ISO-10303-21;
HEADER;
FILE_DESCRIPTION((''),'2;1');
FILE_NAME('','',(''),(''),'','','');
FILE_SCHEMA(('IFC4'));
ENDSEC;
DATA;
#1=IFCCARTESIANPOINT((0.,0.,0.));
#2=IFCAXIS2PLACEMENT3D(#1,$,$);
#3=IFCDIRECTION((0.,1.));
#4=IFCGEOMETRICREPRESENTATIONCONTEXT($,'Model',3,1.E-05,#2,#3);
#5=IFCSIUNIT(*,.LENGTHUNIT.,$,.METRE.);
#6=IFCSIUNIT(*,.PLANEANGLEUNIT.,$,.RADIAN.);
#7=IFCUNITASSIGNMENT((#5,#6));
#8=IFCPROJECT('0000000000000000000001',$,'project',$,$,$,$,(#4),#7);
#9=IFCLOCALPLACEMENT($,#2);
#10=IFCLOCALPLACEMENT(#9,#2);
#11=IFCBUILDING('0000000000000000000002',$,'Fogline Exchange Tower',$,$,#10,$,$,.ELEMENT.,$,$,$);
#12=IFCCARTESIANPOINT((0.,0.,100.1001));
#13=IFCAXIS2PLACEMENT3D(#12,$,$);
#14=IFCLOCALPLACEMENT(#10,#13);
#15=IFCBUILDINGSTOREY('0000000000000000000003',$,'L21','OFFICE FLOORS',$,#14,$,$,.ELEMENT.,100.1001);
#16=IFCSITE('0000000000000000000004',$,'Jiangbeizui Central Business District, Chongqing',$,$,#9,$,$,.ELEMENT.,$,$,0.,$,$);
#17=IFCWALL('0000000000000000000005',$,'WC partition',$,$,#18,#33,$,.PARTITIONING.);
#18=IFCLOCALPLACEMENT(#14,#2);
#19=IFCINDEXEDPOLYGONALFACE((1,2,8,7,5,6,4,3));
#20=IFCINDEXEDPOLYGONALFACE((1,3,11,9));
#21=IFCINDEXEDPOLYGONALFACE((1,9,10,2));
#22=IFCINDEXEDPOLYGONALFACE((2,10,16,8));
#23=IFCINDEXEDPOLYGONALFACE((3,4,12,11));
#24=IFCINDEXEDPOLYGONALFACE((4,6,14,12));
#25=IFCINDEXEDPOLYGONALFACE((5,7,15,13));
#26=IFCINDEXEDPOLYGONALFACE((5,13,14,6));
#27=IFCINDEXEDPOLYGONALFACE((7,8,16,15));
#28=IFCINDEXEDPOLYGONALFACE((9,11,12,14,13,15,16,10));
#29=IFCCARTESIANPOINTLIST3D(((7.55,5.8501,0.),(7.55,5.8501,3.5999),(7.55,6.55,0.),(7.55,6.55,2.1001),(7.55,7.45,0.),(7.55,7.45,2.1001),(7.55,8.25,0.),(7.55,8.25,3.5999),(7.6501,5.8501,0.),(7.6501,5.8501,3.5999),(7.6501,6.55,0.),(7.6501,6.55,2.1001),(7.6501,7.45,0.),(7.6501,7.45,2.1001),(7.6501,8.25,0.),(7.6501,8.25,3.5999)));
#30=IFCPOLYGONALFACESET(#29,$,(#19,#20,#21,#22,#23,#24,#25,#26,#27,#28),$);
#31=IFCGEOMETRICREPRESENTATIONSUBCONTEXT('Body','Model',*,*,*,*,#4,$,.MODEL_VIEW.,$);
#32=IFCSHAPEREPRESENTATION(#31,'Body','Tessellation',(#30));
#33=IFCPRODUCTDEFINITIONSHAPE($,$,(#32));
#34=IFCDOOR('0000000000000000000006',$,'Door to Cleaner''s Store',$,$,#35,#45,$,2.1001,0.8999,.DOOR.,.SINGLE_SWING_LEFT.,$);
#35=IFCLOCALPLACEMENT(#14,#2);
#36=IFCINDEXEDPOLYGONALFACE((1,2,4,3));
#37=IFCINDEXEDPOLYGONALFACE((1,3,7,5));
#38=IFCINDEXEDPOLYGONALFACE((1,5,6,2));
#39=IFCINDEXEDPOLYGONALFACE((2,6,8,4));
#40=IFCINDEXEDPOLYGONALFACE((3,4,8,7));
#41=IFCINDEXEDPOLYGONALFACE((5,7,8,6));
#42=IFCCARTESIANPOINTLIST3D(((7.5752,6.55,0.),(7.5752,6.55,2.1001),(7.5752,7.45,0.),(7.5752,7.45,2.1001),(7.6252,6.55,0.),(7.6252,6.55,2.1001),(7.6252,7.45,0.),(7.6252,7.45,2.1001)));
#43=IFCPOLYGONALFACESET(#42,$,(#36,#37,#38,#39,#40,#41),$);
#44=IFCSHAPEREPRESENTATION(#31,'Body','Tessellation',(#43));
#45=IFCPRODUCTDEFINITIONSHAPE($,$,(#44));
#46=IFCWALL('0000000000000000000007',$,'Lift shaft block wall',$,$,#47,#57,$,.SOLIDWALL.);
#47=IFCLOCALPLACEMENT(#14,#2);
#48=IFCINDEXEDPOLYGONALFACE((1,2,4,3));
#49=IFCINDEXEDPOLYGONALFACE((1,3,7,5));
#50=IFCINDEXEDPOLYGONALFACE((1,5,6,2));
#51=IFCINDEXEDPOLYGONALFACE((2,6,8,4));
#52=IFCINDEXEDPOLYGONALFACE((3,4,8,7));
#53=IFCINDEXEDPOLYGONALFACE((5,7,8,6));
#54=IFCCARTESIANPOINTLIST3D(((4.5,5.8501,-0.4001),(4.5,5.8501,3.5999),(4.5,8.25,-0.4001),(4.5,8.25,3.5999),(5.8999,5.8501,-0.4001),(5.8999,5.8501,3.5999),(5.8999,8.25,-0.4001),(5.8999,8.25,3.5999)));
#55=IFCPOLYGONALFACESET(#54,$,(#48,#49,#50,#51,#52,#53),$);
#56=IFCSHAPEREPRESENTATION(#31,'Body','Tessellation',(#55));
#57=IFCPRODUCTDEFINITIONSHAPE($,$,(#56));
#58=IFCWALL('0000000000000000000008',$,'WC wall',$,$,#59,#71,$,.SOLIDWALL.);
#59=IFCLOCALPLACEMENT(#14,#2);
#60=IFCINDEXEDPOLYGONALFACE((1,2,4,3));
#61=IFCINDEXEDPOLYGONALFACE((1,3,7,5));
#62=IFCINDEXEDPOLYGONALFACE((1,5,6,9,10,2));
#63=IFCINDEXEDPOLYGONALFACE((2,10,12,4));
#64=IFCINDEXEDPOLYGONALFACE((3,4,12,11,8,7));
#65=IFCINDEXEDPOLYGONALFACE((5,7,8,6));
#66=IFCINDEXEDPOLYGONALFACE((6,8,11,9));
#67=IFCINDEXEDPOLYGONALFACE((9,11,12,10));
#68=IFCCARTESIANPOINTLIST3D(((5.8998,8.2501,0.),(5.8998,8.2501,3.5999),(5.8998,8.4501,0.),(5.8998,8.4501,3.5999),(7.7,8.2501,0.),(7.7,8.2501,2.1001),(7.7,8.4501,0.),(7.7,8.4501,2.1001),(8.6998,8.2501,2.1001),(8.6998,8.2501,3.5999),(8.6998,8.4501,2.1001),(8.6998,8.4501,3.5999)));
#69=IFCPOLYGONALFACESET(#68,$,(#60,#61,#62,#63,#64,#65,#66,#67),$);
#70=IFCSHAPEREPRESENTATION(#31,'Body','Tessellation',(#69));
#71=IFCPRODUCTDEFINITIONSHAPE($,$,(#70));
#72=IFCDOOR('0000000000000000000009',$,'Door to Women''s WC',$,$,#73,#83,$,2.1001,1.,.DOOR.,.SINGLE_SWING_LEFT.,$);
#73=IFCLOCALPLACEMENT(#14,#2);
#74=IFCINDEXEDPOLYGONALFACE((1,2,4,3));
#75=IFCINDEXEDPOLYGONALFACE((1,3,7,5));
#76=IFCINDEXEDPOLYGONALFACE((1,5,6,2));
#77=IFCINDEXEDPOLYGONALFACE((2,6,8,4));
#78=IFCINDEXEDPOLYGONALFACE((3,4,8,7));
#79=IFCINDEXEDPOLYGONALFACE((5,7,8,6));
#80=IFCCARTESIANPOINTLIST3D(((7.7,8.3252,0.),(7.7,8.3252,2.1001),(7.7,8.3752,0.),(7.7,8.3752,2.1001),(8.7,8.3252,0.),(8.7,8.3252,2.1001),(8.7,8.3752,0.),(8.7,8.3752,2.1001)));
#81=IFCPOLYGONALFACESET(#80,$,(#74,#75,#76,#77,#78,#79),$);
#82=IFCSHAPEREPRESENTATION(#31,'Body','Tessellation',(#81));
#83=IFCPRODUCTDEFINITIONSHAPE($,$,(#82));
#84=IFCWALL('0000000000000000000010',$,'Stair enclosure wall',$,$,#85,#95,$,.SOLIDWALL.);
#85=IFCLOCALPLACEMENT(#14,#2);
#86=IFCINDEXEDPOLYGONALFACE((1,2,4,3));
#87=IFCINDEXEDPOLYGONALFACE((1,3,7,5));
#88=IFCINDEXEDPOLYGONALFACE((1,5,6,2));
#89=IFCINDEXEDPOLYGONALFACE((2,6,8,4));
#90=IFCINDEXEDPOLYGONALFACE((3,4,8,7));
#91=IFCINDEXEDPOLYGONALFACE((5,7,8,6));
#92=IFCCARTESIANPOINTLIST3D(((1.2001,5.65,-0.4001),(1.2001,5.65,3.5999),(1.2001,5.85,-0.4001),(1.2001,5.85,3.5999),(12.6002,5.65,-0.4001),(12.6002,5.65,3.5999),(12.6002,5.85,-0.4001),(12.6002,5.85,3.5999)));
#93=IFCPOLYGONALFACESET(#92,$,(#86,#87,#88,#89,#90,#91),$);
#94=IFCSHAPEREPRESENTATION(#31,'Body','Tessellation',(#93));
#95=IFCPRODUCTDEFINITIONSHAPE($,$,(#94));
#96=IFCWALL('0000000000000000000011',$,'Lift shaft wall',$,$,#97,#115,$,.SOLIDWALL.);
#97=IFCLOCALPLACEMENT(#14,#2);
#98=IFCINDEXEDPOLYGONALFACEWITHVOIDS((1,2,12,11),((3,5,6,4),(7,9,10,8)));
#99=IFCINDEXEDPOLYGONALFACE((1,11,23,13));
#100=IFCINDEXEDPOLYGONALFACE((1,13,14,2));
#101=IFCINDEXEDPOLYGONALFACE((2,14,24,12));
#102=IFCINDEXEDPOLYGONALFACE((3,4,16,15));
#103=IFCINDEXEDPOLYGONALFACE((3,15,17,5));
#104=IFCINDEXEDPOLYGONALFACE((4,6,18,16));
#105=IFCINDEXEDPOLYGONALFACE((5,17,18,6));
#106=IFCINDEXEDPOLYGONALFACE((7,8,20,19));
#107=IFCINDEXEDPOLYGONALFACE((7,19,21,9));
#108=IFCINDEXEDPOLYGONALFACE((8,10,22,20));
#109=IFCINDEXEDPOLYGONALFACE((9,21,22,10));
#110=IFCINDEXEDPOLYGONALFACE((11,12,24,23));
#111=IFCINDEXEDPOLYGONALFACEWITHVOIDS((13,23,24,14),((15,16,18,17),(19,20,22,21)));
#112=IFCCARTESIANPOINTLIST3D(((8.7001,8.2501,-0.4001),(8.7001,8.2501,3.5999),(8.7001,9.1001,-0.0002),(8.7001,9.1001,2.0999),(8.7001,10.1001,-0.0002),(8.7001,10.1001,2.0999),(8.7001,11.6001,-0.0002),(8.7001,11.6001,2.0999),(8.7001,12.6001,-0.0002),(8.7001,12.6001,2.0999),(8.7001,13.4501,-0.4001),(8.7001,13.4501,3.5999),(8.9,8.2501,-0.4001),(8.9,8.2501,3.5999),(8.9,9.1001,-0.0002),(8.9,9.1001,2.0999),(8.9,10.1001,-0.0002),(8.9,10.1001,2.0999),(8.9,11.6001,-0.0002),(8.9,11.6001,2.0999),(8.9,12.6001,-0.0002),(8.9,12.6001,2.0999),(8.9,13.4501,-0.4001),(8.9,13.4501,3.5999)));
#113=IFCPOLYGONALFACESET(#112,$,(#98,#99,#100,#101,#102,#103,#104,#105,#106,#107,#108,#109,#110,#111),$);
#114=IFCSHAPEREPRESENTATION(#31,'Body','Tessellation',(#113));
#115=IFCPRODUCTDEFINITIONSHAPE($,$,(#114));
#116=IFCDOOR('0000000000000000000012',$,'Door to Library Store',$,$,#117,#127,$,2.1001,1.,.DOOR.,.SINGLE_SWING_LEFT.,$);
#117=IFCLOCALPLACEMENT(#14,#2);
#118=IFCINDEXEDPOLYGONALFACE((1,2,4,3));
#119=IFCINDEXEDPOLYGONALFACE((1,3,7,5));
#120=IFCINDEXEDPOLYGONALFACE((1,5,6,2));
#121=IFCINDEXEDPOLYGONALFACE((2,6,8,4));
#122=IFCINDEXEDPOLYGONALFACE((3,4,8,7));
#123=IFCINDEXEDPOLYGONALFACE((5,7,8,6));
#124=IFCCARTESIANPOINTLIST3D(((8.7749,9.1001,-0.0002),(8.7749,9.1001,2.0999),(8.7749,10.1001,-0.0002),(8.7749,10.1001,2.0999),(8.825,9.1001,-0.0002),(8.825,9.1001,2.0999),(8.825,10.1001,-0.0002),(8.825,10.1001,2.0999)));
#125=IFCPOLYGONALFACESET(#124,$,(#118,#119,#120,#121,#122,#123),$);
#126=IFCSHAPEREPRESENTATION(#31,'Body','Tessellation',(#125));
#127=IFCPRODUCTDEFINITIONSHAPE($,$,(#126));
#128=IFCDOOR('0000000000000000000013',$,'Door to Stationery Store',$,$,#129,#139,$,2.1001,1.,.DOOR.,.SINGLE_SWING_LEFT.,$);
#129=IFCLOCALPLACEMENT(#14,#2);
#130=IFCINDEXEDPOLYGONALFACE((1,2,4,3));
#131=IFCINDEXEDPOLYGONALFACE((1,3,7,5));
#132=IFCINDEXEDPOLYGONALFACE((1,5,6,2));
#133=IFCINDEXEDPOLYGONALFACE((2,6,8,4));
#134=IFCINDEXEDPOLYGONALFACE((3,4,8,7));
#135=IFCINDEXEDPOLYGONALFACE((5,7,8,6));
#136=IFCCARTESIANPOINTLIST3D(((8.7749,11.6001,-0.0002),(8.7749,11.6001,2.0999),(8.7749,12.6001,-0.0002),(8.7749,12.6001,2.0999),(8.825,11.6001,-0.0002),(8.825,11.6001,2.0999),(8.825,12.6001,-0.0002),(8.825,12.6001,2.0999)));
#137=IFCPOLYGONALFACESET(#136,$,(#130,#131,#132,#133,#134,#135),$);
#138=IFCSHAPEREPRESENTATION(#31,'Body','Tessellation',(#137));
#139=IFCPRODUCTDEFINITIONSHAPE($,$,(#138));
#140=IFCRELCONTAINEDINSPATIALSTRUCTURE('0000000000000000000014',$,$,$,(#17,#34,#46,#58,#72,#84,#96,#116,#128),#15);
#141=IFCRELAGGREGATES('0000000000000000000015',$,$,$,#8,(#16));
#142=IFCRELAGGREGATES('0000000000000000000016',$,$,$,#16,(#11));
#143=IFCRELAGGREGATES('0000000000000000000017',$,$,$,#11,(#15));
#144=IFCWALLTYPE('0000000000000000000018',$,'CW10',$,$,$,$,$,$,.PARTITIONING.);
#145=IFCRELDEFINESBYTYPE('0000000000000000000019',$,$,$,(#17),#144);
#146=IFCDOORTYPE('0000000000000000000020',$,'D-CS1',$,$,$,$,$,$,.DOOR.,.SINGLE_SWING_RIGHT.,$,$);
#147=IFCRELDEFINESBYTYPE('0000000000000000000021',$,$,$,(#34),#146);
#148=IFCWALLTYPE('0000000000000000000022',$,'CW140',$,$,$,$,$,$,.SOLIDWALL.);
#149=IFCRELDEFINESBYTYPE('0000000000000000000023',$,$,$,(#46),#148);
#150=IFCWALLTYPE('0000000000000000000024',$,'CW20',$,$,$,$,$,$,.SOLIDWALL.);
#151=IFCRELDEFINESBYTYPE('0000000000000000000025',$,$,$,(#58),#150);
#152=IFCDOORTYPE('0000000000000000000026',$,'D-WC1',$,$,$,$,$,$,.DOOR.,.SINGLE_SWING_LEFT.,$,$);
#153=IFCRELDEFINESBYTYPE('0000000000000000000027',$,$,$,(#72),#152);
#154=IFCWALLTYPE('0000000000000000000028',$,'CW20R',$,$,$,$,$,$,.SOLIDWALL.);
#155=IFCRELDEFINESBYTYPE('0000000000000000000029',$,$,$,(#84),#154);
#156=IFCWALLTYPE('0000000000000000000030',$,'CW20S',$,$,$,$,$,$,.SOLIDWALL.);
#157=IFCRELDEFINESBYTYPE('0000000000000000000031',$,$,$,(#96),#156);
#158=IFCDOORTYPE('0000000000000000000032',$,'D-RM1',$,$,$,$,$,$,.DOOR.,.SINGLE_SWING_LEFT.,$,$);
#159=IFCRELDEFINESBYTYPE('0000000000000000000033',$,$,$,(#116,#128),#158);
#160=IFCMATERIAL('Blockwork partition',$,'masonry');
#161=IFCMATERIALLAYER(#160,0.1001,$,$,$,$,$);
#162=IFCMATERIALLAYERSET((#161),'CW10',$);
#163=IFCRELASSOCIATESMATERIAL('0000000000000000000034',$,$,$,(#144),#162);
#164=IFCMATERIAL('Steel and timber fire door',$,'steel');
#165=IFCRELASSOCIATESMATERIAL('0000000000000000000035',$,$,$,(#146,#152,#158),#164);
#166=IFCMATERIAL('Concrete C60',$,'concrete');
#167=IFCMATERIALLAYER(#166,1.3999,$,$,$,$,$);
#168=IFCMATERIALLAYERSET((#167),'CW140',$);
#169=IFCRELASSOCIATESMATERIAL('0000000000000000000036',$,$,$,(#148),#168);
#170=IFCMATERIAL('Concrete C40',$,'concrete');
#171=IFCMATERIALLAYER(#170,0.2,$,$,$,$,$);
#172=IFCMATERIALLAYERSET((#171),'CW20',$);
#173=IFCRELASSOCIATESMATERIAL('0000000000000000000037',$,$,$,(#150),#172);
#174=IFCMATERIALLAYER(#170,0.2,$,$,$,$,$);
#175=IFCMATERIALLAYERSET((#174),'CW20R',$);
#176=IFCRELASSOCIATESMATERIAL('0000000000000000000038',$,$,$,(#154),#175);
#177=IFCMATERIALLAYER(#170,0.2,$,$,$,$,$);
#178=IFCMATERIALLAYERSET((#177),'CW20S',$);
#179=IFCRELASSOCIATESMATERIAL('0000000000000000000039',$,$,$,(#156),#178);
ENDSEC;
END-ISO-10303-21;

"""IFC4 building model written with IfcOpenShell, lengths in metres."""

from ifc_helpers import new_model, si_unit, direction, frame, frame_2d, origin, place, context, subcontext, project, spatial, rectangle, extrude, material, layer, layer_set, type_object, element, fill, save


model = new_model("IFC4")

# Units and contexts
model_context = context("Model", 3, precision=1e-05, world=origin(), true_north=direction((0.0, 1.0)))
body_context = subcontext(model_context, "Body", "Model", "MODEL_VIEW")
ifc_project = project(units=[si_unit("LENGTHUNIT", "METRE"), si_unit("PLANEANGLEUNIT", "RADIAN")], contexts=[model_context])

# Site, building, storey
site_placement = place(None, origin())
site = spatial("IfcSite", under=ifc_project, at=site_placement, Name="Jiangbeizui Central Business District, Chongqing", CompositionType="ELEMENT", RefElevation=0.0)
building_placement = place(site_placement, origin())
building = spatial("IfcBuilding", under=site, at=building_placement, Name="Fogline Exchange Tower", CompositionType="ELEMENT")
storey_placement = place(building_placement, frame((0.0, 0.0, 100.1001)))
storey = spatial("IfcBuildingStorey", under=building, at=storey_placement, Name="L21", Description="OFFICE FLOORS", CompositionType="ELEMENT", Elevation=100.1001)

# Wall, opening, door
ifc_material_1 = material(Name="Blockwork partition", Category="masonry")
ifc_layer_1 = layer(ifc_material_1, 0.1001)
ifc_layer_set_1 = layer_set([ifc_layer_1], Name="CW10")
wall_type_1 = type_object("IfcWallType", Name="CW10", PredefinedType="PARTITIONING", material=ifc_layer_set_1)
wall_1_placement = place(storey_placement, frame((7.6001, 5.8501, 0.0), z_axis=(0.0, 0.0, 1.0), x_axis=(0.0, 1.0, 0.0)))
wall_1 = element("IfcWall", 1, at=wall_1_placement, inside=storey, type_object=wall_type_1, Name="WC partition", PredefinedType="PARTITIONING", context=body_context, shape_type="SweptSolid", body=[
    extrude(rectangle(XDim=2.3999, YDim=0.1001, at=frame_2d((1.2, 0.0))), origin(), (0.0, 0.0, 1.0), 3.5999),
])
opening_1_placement = place(wall_1_placement, frame((0.7, 0.0, 0.0)))
opening_1 = element("IfcOpeningElement", 2, at=opening_1_placement, cuts=wall_1, PredefinedType="OPENING", context=body_context, shape_type="SweptSolid", body=[
    extrude(rectangle(XDim=0.8999, YDim=2.1001, at=frame_2d((0.45, 1.05))), frame((0.0, 0.0601, 0.0), z_axis=(0.0, -1.0, 0.0), x_axis=(1.0, 0.0, 0.0)), (0.0, 0.0, 1.0), 0.1201),
])
ifc_material_2 = material(Name="Steel and timber fire door", Category="steel")
door_type_1 = type_object("IfcDoorType", Name="D-CS1", OperationType="SINGLE_SWING_RIGHT", PredefinedType="DOOR", material=ifc_material_2)
door_1_placement = place(opening_1_placement, origin())
door_1 = element("IfcDoor", 3, at=door_1_placement, inside=storey, type_object=door_type_1, Name="Door to Cleaner's Store", OperationType="SINGLE_SWING_LEFT", OverallHeight=2.1001, OverallWidth=0.8999, PredefinedType="DOOR", context=body_context, shape_type="SweptSolid", body=[
    extrude(rectangle(XDim=0.8999, YDim=2.1001, at=frame_2d((0.45, 1.05))), frame((0.0, 0.0249, 0.0), z_axis=(0.0, -1.0, 0.0), x_axis=(1.0, 0.0, 0.0)), (0.0, 0.0, 1.0), 0.05),
])
fill(opening_1, door_1)

# Wall
ifc_material_3 = material(Name="Concrete C60", Category="concrete")
ifc_layer_2 = layer(ifc_material_3, 1.3999)
ifc_layer_set_2 = layer_set([ifc_layer_2], Name="CW140")
wall_type_2 = type_object("IfcWallType", Name="CW140", PredefinedType="SOLIDWALL", material=ifc_layer_set_2)
wall_2_placement = place(storey_placement, frame((5.2, 5.8501, -0.4001), z_axis=(0.0, 0.0, 1.0), x_axis=(0.0, 1.0, 0.0)))
element("IfcWall", 4, at=wall_2_placement, inside=storey, type_object=wall_type_2, Name="Lift shaft block wall", PredefinedType="SOLIDWALL", context=body_context, shape_type="SweptSolid", body=[
    extrude(rectangle(XDim=2.3999, YDim=1.3999, at=frame_2d((1.2, 0.0))), origin(), (0.0, 0.0, 1.0), 4.0),
])

# Wall, opening, door
ifc_material_4 = material(Name="Concrete C40", Category="concrete")
ifc_layer_3 = layer(ifc_material_4, 0.2)
ifc_layer_set_3 = layer_set([ifc_layer_3], Name="CW20")
wall_type_3 = type_object("IfcWallType", Name="CW20", PredefinedType="SOLIDWALL", material=ifc_layer_set_3)
wall_3_placement = place(storey_placement, frame((5.8999, 8.3501, 0.0), z_axis=(0.0, 0.0, 1.0), x_axis=(1.0, 0.0, 0.0)))
wall_3 = element("IfcWall", 5, at=wall_3_placement, inside=storey, type_object=wall_type_3, Name="WC wall", PredefinedType="SOLIDWALL", context=body_context, shape_type="SweptSolid", body=[
    extrude(rectangle(XDim=2.8, YDim=0.2, at=frame_2d((1.3999, 0.0))), origin(), (0.0, 0.0, 1.0), 3.5999),
])
opening_2_placement = place(wall_3_placement, frame((1.8, 0.0, 0.0)))
opening_2 = element("IfcOpeningElement", 6, at=opening_2_placement, cuts=wall_3, PredefinedType="OPENING", context=body_context, shape_type="SweptSolid", body=[
    extrude(rectangle(XDim=1.0, YDim=2.1001, at=frame_2d((0.5, 1.05))), frame((0.0, 0.1099, 0.0), z_axis=(0.0, -1.0, 0.0), x_axis=(1.0, 0.0, 0.0)), (0.0, 0.0, 1.0), 0.22),
])
door_type_2 = type_object("IfcDoorType", Name="D-WC1", OperationType="SINGLE_SWING_LEFT", PredefinedType="DOOR", material=ifc_material_2)
door_2_placement = place(opening_2_placement, frame((1.0, 0.0, 0.0), z_axis=(0.0, 0.0, 1.0), x_axis=(-1.0, 0.0, 0.0)))
door_2 = element("IfcDoor", 7, at=door_2_placement, inside=storey, type_object=door_type_2, Name="Door to Women's WC", OperationType="SINGLE_SWING_LEFT", OverallHeight=2.1001, OverallWidth=1.0, PredefinedType="DOOR", context=body_context, shape_type="SweptSolid", body=[
    extrude(rectangle(XDim=1.0, YDim=2.1001, at=frame_2d((0.5, 1.05))), frame((0.0, 0.0249, 0.0), z_axis=(0.0, -1.0, 0.0), x_axis=(1.0, 0.0, 0.0)), (0.0, 0.0, 1.0), 0.05),
])
fill(opening_2, door_2)

# Wall
ifc_layer_4 = layer(ifc_material_4, 0.2)
ifc_layer_set_4 = layer_set([ifc_layer_4], Name="CW20R")
wall_type_4 = type_object("IfcWallType", Name="CW20R", PredefinedType="SOLIDWALL", material=ifc_layer_set_4)
wall_4_placement = place(storey_placement, frame((1.2, 5.75, -0.4001), z_axis=(0.0, 0.0, 1.0), x_axis=(1.0, 0.0, 0.0)))
element("IfcWall", 8, at=wall_4_placement, inside=storey, type_object=wall_type_4, Name="Stair enclosure wall", PredefinedType="SOLIDWALL", context=body_context, shape_type="SweptSolid", body=[
    extrude(rectangle(XDim=11.4001, YDim=0.2, at=frame_2d((5.7002, 0.0))), origin(), (0.0, 0.0, 1.0), 4.0),
])

# Wall, openings, doors
ifc_layer_5 = layer(ifc_material_4, 0.2)
ifc_layer_set_5 = layer_set([ifc_layer_5], Name="CW20S")
wall_type_5 = type_object("IfcWallType", Name="CW20S", PredefinedType="SOLIDWALL", material=ifc_layer_set_5)
wall_5_placement = place(storey_placement, frame((8.8, 8.25, -0.4001), z_axis=(0.0, 0.0, 1.0), x_axis=(0.0, 1.0, 0.0)))
wall_5 = element("IfcWall", 9, at=wall_5_placement, inside=storey, type_object=wall_type_5, Name="Lift shaft wall", PredefinedType="SOLIDWALL", context=body_context, shape_type="SweptSolid", body=[
    extrude(rectangle(XDim=5.2, YDim=0.2, at=frame_2d((2.6001, 0.0))), origin(), (0.0, 0.0, 1.0), 4.0),
])
opening_3_placement = place(wall_5_placement, frame((0.8501, 0.0, 0.3999)))
opening_3 = element("IfcOpeningElement", 10, at=opening_3_placement, cuts=wall_5, PredefinedType="OPENING", context=body_context, shape_type="SweptSolid", body=[
    extrude(rectangle(XDim=1.0, YDim=2.1001, at=frame_2d((0.5, 1.05))), frame((0.0, 0.1099, 0.0), z_axis=(0.0, -1.0, 0.0), x_axis=(1.0, 0.0, 0.0)), (0.0, 0.0, 1.0), 0.22),
])
opening_4_placement = place(wall_5_placement, frame((3.3501, 0.0, 0.3999)))
opening_4 = element("IfcOpeningElement", 11, at=opening_4_placement, cuts=wall_5, PredefinedType="OPENING", context=body_context, shape_type="SweptSolid", body=[
    extrude(rectangle(XDim=1.0, YDim=2.1001, at=frame_2d((0.5, 1.05))), frame((0.0, 0.1099, 0.0), z_axis=(0.0, -1.0, 0.0), x_axis=(1.0, 0.0, 0.0)), (0.0, 0.0, 1.0), 0.22),
])
door_type_3 = type_object("IfcDoorType", Name="D-RM1", OperationType="SINGLE_SWING_LEFT", PredefinedType="DOOR", material=ifc_material_2)
door_3_placement = place(opening_3_placement, frame((1.0, 0.0, 0.0), z_axis=(0.0, 0.0, 1.0), x_axis=(-1.0, 0.0, 0.0)))
door_3 = element("IfcDoor", 12, at=door_3_placement, inside=storey, type_object=door_type_3, Name="Door to Library Store", OperationType="SINGLE_SWING_LEFT", OverallHeight=2.1001, OverallWidth=1.0, PredefinedType="DOOR", context=body_context, shape_type="SweptSolid", body=[
    extrude(rectangle(XDim=1.0, YDim=2.1001, at=frame_2d((0.5, 1.05))), frame((0.0, 0.0249, 0.0), z_axis=(0.0, -1.0, 0.0), x_axis=(1.0, 0.0, 0.0)), (0.0, 0.0, 1.0), 0.05),
])
fill(opening_3, door_3)
door_4_placement = place(opening_4_placement, frame((1.0, 0.0, 0.0), z_axis=(0.0, 0.0, 1.0), x_axis=(-1.0, 0.0, 0.0)))
door_4 = element("IfcDoor", 13, at=door_4_placement, inside=storey, type_object=door_type_3, Name="Door to Stationery Store", OperationType="SINGLE_SWING_LEFT", OverallHeight=2.1001, OverallWidth=1.0, PredefinedType="DOOR", context=body_context, shape_type="SweptSolid", body=[
    extrude(rectangle(XDim=1.0, YDim=2.1001, at=frame_2d((0.5, 1.05))), frame((0.0, 0.0249, 0.0), z_axis=(0.0, -1.0, 0.0), x_axis=(1.0, 0.0, 0.0)), (0.0, 0.0, 1.0), 0.05),
])
fill(opening_4, door_4)

save(model, "model.ifc")
